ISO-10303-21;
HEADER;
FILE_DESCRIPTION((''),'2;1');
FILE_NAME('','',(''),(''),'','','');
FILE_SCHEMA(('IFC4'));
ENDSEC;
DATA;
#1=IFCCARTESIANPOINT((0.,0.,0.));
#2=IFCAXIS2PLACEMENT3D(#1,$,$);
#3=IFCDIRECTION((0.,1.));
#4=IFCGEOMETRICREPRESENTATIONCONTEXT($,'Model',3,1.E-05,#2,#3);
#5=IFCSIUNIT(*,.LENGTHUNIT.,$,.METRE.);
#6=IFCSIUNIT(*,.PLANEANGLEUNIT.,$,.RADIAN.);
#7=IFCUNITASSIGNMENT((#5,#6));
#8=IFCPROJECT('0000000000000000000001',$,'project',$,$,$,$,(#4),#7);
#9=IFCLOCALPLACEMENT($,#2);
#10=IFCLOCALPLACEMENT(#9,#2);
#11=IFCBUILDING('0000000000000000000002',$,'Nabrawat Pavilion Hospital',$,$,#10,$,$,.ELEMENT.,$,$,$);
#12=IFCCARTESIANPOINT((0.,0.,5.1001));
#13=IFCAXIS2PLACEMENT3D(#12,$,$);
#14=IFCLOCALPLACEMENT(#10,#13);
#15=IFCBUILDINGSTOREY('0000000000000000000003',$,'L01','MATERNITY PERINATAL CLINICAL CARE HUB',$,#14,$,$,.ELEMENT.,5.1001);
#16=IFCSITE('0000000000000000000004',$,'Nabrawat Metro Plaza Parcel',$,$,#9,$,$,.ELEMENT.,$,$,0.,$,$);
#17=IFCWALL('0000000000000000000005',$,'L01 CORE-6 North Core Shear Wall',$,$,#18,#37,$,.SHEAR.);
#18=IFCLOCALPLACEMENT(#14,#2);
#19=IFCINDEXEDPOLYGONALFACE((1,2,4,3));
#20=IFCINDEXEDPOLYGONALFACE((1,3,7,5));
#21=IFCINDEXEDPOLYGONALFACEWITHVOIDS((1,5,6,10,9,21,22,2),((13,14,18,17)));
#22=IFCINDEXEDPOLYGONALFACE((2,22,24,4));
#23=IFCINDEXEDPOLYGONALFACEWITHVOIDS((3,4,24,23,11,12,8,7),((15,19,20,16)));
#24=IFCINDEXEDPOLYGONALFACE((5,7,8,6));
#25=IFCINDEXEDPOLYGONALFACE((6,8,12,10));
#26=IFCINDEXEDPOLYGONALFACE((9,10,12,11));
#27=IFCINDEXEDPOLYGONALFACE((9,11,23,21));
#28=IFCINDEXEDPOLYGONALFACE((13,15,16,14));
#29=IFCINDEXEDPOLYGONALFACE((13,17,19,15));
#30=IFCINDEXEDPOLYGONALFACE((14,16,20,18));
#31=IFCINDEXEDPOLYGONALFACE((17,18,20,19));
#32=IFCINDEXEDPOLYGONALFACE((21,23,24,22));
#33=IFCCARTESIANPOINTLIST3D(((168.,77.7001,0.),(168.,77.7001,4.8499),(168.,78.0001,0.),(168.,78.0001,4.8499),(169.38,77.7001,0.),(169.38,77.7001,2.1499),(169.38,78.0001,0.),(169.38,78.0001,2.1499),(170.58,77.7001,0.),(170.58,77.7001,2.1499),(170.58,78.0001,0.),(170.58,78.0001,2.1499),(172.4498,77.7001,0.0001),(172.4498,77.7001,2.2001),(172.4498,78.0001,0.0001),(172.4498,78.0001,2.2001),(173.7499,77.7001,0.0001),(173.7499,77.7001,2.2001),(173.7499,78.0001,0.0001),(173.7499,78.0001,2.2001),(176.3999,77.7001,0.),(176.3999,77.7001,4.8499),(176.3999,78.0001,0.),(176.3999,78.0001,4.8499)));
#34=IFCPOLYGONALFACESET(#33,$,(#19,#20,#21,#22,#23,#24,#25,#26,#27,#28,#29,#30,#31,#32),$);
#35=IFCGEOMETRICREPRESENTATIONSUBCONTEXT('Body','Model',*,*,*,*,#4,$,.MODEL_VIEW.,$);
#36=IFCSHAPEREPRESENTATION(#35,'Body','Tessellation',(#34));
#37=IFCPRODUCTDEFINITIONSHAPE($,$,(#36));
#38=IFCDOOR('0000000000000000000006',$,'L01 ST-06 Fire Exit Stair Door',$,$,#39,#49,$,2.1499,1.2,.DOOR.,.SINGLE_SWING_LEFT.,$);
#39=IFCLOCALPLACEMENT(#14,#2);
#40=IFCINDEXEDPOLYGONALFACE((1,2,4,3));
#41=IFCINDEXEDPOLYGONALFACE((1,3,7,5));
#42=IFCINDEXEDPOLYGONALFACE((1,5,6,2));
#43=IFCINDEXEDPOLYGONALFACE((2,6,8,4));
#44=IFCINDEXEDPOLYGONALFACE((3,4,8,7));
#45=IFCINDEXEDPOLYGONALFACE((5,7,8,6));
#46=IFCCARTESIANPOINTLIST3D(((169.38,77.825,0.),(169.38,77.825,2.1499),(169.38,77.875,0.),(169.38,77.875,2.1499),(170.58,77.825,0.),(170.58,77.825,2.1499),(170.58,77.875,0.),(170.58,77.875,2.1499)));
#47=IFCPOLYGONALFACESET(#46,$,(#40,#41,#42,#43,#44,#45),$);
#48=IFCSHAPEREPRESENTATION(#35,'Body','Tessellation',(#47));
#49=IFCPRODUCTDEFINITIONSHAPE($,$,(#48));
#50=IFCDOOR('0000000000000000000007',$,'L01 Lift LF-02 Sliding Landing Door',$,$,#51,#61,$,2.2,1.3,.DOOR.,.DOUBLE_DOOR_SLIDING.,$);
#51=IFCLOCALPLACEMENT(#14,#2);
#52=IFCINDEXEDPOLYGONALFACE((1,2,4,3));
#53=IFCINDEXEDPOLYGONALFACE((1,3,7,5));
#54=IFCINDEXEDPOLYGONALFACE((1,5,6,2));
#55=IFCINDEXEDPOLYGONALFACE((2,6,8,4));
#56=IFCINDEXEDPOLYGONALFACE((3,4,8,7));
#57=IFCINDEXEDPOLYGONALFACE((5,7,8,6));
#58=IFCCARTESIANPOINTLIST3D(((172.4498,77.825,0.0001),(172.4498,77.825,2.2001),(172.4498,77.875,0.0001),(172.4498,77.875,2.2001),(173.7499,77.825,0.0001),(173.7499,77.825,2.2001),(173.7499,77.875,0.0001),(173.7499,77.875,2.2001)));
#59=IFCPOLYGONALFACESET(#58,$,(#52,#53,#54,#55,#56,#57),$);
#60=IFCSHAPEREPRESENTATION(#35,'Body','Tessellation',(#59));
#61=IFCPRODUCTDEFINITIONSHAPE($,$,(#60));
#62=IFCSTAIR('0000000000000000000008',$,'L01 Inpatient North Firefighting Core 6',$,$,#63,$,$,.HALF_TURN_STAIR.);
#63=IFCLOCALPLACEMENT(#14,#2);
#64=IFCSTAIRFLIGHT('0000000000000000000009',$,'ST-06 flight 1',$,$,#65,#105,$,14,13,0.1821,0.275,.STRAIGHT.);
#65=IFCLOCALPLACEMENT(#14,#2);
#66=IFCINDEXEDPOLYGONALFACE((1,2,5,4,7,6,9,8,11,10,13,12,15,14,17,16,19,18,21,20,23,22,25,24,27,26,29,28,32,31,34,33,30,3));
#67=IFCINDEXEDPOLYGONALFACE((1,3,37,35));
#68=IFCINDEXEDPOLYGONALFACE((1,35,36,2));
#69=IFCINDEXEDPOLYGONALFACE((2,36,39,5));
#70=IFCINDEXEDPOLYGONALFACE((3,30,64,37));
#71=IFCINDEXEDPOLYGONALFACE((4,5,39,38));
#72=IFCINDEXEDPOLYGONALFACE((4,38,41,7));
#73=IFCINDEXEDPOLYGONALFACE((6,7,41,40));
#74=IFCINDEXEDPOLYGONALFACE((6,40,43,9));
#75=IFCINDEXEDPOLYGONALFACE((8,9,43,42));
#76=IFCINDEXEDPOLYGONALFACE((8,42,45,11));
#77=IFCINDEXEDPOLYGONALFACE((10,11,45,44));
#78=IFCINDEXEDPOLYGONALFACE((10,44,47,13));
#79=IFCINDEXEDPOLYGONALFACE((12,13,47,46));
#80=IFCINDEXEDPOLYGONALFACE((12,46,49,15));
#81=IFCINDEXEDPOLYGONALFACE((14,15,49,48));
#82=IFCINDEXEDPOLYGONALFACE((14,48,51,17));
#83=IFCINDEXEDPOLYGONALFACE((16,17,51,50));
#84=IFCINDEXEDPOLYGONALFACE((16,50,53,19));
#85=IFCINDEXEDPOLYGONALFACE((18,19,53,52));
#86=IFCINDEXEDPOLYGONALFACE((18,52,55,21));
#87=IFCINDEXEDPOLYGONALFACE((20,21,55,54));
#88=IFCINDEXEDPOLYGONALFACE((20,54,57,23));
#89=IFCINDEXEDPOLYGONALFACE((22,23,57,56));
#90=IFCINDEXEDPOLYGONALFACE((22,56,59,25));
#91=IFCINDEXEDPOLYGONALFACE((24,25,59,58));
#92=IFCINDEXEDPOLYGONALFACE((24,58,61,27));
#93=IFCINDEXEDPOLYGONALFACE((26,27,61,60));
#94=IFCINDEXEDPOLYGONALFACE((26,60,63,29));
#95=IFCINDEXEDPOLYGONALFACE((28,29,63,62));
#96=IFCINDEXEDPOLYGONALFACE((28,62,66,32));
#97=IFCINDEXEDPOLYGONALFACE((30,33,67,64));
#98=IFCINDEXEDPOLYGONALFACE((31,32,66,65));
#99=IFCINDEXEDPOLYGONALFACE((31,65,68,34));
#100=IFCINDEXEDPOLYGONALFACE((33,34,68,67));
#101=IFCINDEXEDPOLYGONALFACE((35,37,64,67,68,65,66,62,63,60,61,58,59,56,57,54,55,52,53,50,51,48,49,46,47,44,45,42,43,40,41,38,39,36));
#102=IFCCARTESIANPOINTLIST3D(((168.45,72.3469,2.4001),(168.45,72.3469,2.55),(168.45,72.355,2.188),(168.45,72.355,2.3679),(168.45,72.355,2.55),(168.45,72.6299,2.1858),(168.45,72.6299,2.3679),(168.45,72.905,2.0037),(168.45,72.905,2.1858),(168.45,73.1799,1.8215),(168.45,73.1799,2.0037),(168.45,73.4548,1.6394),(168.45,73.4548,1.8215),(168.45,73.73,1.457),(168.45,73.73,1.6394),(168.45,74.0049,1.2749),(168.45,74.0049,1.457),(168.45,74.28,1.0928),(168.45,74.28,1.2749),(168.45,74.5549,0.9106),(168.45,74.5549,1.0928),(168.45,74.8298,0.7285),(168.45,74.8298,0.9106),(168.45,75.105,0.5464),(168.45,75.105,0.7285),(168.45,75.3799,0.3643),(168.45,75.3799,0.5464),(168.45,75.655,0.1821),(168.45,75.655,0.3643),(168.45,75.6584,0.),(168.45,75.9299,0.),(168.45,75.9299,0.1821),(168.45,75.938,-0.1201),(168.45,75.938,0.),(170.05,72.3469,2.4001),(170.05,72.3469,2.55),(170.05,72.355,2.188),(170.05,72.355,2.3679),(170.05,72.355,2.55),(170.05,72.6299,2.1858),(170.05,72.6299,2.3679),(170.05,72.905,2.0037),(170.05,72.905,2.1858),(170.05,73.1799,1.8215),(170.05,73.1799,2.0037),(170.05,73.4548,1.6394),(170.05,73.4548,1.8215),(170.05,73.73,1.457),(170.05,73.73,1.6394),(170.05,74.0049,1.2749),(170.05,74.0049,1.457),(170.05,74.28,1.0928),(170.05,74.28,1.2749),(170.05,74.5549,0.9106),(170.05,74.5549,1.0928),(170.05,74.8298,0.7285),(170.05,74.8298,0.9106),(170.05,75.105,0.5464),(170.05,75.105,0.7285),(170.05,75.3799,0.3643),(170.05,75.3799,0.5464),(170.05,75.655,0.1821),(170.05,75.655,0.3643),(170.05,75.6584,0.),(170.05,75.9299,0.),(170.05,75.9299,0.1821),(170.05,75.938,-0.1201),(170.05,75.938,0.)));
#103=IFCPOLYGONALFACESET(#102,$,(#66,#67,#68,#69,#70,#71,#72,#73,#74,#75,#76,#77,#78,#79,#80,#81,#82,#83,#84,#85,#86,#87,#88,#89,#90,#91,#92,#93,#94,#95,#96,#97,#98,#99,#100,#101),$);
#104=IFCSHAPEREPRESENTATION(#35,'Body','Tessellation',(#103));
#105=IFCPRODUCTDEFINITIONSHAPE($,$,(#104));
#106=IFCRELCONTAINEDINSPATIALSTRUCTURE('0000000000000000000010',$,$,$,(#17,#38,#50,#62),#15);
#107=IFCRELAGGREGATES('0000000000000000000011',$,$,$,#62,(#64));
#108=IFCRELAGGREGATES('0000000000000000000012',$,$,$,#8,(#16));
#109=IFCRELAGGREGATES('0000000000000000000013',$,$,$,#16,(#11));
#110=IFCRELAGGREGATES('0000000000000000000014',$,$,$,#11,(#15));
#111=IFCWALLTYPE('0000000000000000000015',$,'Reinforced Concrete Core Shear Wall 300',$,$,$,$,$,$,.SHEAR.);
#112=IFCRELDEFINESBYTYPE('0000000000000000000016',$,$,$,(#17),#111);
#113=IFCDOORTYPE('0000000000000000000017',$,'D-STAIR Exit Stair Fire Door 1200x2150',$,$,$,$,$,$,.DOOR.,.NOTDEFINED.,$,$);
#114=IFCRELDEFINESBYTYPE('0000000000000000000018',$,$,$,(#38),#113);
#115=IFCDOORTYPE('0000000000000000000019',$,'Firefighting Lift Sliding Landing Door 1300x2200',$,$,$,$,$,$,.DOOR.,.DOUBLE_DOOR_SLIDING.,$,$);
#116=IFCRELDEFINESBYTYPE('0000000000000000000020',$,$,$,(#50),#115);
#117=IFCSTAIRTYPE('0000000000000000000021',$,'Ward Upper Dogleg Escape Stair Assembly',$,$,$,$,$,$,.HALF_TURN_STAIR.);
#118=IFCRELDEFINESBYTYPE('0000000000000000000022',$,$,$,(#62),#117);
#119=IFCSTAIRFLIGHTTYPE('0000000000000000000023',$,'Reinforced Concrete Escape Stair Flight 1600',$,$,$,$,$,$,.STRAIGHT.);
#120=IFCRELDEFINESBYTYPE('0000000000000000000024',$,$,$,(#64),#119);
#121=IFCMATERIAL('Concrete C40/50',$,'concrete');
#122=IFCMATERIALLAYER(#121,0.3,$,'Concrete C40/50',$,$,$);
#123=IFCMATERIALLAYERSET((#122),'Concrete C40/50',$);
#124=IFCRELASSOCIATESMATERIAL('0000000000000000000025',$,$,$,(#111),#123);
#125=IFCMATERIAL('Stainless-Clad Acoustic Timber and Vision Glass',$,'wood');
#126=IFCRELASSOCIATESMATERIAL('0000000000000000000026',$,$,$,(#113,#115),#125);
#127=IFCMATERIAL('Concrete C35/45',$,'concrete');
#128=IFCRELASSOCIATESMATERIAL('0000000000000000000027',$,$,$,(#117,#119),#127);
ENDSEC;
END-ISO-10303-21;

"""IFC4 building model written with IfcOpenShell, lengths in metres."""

from ifc_helpers import new_model, si_unit, direction, frame, frame_2d, origin, place, context, subcontext, project, spatial, polyline, rectangle, outline, extrude, material, layer, layer_set, type_object, element, fill, aggregate, save


model = new_model("IFC4")

# Units and contexts
model_context = context("Model", 3, precision=1e-05, world=origin(), true_north=direction((0.0, 1.0)))
body_context = subcontext(model_context, "Body", "Model", "MODEL_VIEW")
ifc_project = project(units=[si_unit("LENGTHUNIT", "METRE"), si_unit("PLANEANGLEUNIT", "RADIAN")], contexts=[model_context])

# Site, building, storey
site_placement = place(None, origin())
site = spatial("IfcSite", under=ifc_project, at=site_placement, Name="Nabrawat Metro Plaza Parcel", CompositionType="ELEMENT", RefElevation=0.0)
building_placement = place(site_placement, origin())
building = spatial("IfcBuilding", under=site, at=building_placement, Name="Nabrawat Pavilion Hospital", CompositionType="ELEMENT")
storey_placement = place(building_placement, frame((0.0, 0.0, 5.1001)))
storey = spatial("IfcBuildingStorey", under=building, at=storey_placement, Name="L01", Description="MATERNITY PERINATAL CLINICAL CARE HUB", CompositionType="ELEMENT", Elevation=5.1001)

# Shared definitions
ifc_material_1 = material(Name="Concrete C35/45", Category="concrete")

# Shared definitions
ifc_material_2 = material(Name="Stainless-Clad Acoustic Timber and Vision Glass", Category="wood")

# Wall, openings, doors
ifc_material_3 = material(Name="Concrete C40/50", Category="concrete")
ifc_layer_1 = layer(ifc_material_3, 0.3, Name="Concrete C40/50")
ifc_layer_set_1 = layer_set([ifc_layer_1], Name="Concrete C40/50")
wall_type_1 = type_object("IfcWallType", Name="Reinforced Concrete Core Shear Wall 300", PredefinedType="SHEAR", material=ifc_layer_set_1)
wall_1_placement = place(storey_placement, frame((168.0, 77.8501, 0.0), z_axis=(0.0, 0.0, 1.0), x_axis=(1.0, 0.0, 0.0)))
wall_1 = element("IfcWall", 1, at=wall_1_placement, inside=storey, type_object=wall_type_1, Name="L01 CORE-6 North Core Shear Wall", PredefinedType="SHEAR", context=body_context, shape_type="SweptSolid", body=[
    extrude(rectangle(XDim=8.3999, YDim=0.3, at=frame_2d((4.2, 0.0))), origin(), (0.0, 0.0, 1.0), 4.8499),
])
opening_1_placement = place(wall_1_placement, frame((1.3799, 0.0, 0.0)))
opening_1 = element("IfcOpeningElement", 2, at=opening_1_placement, cuts=wall_1, PredefinedType="OPENING", context=body_context, shape_type="SweptSolid", body=[
    extrude(rectangle(XDim=1.2, YDim=2.1499, at=frame_2d((0.6001, 1.075))), frame((0.0, 0.1602, 0.0), z_axis=(0.0, -1.0, 0.0), x_axis=(1.0, 0.0, 0.0)), (0.0, 0.0, 1.0), 0.3201),
])
opening_2_placement = place(wall_1_placement, frame((4.45, 0.0, 0.0)))
opening_2 = element("IfcOpeningElement", 3, at=opening_2_placement, cuts=wall_1, PredefinedType="OPENING", context=body_context, shape_type="SweptSolid", body=[
    extrude(rectangle(XDim=1.3, YDim=2.2, at=frame_2d((0.6499, 1.1001))), frame((0.0, 0.1602, 0.0), z_axis=(0.0, -1.0, 0.0), x_axis=(1.0, 0.0, 0.0)), (0.0, 0.0, 1.0), 0.3201),
])
door_type_1 = type_object("IfcDoorType", Name="D-STAIR Exit Stair Fire Door 1200x2150", OperationType="NOTDEFINED", PredefinedType="DOOR", material=ifc_material_2)
door_1_placement = place(opening_1_placement, origin())
door_1 = element("IfcDoor", 4, at=door_1_placement, inside=storey, type_object=door_type_1, Name="L01 ST-06 Fire Exit Stair Door", OperationType="SINGLE_SWING_LEFT", OverallHeight=2.1499, OverallWidth=1.2, PredefinedType="DOOR", context=body_context, shape_type="SweptSolid", body=[
    extrude(rectangle(XDim=1.2, YDim=2.1499, at=frame_2d((0.6001, 1.075))), frame((0.0, 0.0249, 0.0), z_axis=(0.0, -1.0, 0.0), x_axis=(1.0, 0.0, 0.0)), (0.0, 0.0, 1.0), 0.05),
])
fill(opening_1, door_1)
door_type_2 = type_object("IfcDoorType", Name="Firefighting Lift Sliding Landing Door 1300x2200", OperationType="DOUBLE_DOOR_SLIDING", PredefinedType="DOOR", material=ifc_material_2)
door_2_placement = place(opening_2_placement, origin())
door_2 = element("IfcDoor", 5, at=door_2_placement, inside=storey, type_object=door_type_2, Name="L01 Lift LF-02 Sliding Landing Door", OperationType="DOUBLE_DOOR_SLIDING", OverallHeight=2.2, OverallWidth=1.3, PredefinedType="DOOR", context=body_context, shape_type="SweptSolid", body=[
    extrude(rectangle(XDim=1.3, YDim=2.2, at=frame_2d((0.6499, 1.1001))), frame((0.0, 0.0249, 0.0), z_axis=(0.0, -1.0, 0.0), x_axis=(1.0, 0.0, 0.0)), (0.0, 0.0, 1.0), 0.05),
])
fill(opening_2, door_2)

# Stair, stair flight
stair_type = type_object("IfcStairType", Name="Ward Upper Dogleg Escape Stair Assembly", PredefinedType="HALF_TURN_STAIR", material=ifc_material_1)
stair_placement = place(storey_placement, origin())
stair = element("IfcStair", 6, at=stair_placement, inside=storey, type_object=stair_type, Name="L01 Inpatient North Firefighting Core 6", PredefinedType="HALF_TURN_STAIR")
stair_flight_type = type_object("IfcStairFlightType", Name="Reinforced Concrete Escape Stair Flight 1600", PredefinedType="STRAIGHT", material=ifc_material_1)
stair_flight_placement = place(storey_placement, frame((169.25, 75.9299, 0.0), z_axis=(0.0, 0.0, 1.0), x_axis=(0.0, -1.0, 0.0)))
stair_flight = element("IfcStairFlight", 7, at=stair_flight_placement, type_object=stair_flight_type, Name="ST-06 flight 1", NumberOfRisers=14, NumberOfTreads=13, PredefinedType="STRAIGHT", RiserHeight=0.1821, TreadLength=0.275, context=body_context, shape_type="SweptSolid", body=[
    extrude(outline(polyline([(-0.0081, 0.0), (0.0, 0.0), (0.0, 0.1821), (0.2749, 0.1821), (0.2749, 0.3643), (0.55, 0.3643), (0.55, 0.5464), (0.825, 0.5464), (0.825, 0.7285), (1.1001, 0.7285), (1.1001, 0.9106), (1.375, 0.9106), (1.375, 1.0928), (1.6499, 1.0928), (1.6499, 1.2749), (1.925, 1.2749), (1.925, 1.457), (2.2, 1.457), (2.2, 1.6394), (2.4751, 1.6394), (2.4751, 1.8215), (2.75, 1.8215), (2.75, 2.0037), (3.0249, 2.0037), (3.0249, 2.1858), (3.3, 2.1858), (3.3, 2.3679), (3.575, 2.3679), (3.575, 2.55), (3.583, 2.55), (3.583, 2.4001), (3.575, 2.188), (0.2715, 0.0), (-0.0081, -0.1201), (-0.0081, 0.0)])), frame((0.0, 0.8, 0.0), z_axis=(0.0, -1.0, 0.0), x_axis=(1.0, 0.0, 0.0)), (0.0, 0.0, 1.0), 1.6001),
])
aggregate(stair, [stair_flight])

save(model, "model.ifc")
